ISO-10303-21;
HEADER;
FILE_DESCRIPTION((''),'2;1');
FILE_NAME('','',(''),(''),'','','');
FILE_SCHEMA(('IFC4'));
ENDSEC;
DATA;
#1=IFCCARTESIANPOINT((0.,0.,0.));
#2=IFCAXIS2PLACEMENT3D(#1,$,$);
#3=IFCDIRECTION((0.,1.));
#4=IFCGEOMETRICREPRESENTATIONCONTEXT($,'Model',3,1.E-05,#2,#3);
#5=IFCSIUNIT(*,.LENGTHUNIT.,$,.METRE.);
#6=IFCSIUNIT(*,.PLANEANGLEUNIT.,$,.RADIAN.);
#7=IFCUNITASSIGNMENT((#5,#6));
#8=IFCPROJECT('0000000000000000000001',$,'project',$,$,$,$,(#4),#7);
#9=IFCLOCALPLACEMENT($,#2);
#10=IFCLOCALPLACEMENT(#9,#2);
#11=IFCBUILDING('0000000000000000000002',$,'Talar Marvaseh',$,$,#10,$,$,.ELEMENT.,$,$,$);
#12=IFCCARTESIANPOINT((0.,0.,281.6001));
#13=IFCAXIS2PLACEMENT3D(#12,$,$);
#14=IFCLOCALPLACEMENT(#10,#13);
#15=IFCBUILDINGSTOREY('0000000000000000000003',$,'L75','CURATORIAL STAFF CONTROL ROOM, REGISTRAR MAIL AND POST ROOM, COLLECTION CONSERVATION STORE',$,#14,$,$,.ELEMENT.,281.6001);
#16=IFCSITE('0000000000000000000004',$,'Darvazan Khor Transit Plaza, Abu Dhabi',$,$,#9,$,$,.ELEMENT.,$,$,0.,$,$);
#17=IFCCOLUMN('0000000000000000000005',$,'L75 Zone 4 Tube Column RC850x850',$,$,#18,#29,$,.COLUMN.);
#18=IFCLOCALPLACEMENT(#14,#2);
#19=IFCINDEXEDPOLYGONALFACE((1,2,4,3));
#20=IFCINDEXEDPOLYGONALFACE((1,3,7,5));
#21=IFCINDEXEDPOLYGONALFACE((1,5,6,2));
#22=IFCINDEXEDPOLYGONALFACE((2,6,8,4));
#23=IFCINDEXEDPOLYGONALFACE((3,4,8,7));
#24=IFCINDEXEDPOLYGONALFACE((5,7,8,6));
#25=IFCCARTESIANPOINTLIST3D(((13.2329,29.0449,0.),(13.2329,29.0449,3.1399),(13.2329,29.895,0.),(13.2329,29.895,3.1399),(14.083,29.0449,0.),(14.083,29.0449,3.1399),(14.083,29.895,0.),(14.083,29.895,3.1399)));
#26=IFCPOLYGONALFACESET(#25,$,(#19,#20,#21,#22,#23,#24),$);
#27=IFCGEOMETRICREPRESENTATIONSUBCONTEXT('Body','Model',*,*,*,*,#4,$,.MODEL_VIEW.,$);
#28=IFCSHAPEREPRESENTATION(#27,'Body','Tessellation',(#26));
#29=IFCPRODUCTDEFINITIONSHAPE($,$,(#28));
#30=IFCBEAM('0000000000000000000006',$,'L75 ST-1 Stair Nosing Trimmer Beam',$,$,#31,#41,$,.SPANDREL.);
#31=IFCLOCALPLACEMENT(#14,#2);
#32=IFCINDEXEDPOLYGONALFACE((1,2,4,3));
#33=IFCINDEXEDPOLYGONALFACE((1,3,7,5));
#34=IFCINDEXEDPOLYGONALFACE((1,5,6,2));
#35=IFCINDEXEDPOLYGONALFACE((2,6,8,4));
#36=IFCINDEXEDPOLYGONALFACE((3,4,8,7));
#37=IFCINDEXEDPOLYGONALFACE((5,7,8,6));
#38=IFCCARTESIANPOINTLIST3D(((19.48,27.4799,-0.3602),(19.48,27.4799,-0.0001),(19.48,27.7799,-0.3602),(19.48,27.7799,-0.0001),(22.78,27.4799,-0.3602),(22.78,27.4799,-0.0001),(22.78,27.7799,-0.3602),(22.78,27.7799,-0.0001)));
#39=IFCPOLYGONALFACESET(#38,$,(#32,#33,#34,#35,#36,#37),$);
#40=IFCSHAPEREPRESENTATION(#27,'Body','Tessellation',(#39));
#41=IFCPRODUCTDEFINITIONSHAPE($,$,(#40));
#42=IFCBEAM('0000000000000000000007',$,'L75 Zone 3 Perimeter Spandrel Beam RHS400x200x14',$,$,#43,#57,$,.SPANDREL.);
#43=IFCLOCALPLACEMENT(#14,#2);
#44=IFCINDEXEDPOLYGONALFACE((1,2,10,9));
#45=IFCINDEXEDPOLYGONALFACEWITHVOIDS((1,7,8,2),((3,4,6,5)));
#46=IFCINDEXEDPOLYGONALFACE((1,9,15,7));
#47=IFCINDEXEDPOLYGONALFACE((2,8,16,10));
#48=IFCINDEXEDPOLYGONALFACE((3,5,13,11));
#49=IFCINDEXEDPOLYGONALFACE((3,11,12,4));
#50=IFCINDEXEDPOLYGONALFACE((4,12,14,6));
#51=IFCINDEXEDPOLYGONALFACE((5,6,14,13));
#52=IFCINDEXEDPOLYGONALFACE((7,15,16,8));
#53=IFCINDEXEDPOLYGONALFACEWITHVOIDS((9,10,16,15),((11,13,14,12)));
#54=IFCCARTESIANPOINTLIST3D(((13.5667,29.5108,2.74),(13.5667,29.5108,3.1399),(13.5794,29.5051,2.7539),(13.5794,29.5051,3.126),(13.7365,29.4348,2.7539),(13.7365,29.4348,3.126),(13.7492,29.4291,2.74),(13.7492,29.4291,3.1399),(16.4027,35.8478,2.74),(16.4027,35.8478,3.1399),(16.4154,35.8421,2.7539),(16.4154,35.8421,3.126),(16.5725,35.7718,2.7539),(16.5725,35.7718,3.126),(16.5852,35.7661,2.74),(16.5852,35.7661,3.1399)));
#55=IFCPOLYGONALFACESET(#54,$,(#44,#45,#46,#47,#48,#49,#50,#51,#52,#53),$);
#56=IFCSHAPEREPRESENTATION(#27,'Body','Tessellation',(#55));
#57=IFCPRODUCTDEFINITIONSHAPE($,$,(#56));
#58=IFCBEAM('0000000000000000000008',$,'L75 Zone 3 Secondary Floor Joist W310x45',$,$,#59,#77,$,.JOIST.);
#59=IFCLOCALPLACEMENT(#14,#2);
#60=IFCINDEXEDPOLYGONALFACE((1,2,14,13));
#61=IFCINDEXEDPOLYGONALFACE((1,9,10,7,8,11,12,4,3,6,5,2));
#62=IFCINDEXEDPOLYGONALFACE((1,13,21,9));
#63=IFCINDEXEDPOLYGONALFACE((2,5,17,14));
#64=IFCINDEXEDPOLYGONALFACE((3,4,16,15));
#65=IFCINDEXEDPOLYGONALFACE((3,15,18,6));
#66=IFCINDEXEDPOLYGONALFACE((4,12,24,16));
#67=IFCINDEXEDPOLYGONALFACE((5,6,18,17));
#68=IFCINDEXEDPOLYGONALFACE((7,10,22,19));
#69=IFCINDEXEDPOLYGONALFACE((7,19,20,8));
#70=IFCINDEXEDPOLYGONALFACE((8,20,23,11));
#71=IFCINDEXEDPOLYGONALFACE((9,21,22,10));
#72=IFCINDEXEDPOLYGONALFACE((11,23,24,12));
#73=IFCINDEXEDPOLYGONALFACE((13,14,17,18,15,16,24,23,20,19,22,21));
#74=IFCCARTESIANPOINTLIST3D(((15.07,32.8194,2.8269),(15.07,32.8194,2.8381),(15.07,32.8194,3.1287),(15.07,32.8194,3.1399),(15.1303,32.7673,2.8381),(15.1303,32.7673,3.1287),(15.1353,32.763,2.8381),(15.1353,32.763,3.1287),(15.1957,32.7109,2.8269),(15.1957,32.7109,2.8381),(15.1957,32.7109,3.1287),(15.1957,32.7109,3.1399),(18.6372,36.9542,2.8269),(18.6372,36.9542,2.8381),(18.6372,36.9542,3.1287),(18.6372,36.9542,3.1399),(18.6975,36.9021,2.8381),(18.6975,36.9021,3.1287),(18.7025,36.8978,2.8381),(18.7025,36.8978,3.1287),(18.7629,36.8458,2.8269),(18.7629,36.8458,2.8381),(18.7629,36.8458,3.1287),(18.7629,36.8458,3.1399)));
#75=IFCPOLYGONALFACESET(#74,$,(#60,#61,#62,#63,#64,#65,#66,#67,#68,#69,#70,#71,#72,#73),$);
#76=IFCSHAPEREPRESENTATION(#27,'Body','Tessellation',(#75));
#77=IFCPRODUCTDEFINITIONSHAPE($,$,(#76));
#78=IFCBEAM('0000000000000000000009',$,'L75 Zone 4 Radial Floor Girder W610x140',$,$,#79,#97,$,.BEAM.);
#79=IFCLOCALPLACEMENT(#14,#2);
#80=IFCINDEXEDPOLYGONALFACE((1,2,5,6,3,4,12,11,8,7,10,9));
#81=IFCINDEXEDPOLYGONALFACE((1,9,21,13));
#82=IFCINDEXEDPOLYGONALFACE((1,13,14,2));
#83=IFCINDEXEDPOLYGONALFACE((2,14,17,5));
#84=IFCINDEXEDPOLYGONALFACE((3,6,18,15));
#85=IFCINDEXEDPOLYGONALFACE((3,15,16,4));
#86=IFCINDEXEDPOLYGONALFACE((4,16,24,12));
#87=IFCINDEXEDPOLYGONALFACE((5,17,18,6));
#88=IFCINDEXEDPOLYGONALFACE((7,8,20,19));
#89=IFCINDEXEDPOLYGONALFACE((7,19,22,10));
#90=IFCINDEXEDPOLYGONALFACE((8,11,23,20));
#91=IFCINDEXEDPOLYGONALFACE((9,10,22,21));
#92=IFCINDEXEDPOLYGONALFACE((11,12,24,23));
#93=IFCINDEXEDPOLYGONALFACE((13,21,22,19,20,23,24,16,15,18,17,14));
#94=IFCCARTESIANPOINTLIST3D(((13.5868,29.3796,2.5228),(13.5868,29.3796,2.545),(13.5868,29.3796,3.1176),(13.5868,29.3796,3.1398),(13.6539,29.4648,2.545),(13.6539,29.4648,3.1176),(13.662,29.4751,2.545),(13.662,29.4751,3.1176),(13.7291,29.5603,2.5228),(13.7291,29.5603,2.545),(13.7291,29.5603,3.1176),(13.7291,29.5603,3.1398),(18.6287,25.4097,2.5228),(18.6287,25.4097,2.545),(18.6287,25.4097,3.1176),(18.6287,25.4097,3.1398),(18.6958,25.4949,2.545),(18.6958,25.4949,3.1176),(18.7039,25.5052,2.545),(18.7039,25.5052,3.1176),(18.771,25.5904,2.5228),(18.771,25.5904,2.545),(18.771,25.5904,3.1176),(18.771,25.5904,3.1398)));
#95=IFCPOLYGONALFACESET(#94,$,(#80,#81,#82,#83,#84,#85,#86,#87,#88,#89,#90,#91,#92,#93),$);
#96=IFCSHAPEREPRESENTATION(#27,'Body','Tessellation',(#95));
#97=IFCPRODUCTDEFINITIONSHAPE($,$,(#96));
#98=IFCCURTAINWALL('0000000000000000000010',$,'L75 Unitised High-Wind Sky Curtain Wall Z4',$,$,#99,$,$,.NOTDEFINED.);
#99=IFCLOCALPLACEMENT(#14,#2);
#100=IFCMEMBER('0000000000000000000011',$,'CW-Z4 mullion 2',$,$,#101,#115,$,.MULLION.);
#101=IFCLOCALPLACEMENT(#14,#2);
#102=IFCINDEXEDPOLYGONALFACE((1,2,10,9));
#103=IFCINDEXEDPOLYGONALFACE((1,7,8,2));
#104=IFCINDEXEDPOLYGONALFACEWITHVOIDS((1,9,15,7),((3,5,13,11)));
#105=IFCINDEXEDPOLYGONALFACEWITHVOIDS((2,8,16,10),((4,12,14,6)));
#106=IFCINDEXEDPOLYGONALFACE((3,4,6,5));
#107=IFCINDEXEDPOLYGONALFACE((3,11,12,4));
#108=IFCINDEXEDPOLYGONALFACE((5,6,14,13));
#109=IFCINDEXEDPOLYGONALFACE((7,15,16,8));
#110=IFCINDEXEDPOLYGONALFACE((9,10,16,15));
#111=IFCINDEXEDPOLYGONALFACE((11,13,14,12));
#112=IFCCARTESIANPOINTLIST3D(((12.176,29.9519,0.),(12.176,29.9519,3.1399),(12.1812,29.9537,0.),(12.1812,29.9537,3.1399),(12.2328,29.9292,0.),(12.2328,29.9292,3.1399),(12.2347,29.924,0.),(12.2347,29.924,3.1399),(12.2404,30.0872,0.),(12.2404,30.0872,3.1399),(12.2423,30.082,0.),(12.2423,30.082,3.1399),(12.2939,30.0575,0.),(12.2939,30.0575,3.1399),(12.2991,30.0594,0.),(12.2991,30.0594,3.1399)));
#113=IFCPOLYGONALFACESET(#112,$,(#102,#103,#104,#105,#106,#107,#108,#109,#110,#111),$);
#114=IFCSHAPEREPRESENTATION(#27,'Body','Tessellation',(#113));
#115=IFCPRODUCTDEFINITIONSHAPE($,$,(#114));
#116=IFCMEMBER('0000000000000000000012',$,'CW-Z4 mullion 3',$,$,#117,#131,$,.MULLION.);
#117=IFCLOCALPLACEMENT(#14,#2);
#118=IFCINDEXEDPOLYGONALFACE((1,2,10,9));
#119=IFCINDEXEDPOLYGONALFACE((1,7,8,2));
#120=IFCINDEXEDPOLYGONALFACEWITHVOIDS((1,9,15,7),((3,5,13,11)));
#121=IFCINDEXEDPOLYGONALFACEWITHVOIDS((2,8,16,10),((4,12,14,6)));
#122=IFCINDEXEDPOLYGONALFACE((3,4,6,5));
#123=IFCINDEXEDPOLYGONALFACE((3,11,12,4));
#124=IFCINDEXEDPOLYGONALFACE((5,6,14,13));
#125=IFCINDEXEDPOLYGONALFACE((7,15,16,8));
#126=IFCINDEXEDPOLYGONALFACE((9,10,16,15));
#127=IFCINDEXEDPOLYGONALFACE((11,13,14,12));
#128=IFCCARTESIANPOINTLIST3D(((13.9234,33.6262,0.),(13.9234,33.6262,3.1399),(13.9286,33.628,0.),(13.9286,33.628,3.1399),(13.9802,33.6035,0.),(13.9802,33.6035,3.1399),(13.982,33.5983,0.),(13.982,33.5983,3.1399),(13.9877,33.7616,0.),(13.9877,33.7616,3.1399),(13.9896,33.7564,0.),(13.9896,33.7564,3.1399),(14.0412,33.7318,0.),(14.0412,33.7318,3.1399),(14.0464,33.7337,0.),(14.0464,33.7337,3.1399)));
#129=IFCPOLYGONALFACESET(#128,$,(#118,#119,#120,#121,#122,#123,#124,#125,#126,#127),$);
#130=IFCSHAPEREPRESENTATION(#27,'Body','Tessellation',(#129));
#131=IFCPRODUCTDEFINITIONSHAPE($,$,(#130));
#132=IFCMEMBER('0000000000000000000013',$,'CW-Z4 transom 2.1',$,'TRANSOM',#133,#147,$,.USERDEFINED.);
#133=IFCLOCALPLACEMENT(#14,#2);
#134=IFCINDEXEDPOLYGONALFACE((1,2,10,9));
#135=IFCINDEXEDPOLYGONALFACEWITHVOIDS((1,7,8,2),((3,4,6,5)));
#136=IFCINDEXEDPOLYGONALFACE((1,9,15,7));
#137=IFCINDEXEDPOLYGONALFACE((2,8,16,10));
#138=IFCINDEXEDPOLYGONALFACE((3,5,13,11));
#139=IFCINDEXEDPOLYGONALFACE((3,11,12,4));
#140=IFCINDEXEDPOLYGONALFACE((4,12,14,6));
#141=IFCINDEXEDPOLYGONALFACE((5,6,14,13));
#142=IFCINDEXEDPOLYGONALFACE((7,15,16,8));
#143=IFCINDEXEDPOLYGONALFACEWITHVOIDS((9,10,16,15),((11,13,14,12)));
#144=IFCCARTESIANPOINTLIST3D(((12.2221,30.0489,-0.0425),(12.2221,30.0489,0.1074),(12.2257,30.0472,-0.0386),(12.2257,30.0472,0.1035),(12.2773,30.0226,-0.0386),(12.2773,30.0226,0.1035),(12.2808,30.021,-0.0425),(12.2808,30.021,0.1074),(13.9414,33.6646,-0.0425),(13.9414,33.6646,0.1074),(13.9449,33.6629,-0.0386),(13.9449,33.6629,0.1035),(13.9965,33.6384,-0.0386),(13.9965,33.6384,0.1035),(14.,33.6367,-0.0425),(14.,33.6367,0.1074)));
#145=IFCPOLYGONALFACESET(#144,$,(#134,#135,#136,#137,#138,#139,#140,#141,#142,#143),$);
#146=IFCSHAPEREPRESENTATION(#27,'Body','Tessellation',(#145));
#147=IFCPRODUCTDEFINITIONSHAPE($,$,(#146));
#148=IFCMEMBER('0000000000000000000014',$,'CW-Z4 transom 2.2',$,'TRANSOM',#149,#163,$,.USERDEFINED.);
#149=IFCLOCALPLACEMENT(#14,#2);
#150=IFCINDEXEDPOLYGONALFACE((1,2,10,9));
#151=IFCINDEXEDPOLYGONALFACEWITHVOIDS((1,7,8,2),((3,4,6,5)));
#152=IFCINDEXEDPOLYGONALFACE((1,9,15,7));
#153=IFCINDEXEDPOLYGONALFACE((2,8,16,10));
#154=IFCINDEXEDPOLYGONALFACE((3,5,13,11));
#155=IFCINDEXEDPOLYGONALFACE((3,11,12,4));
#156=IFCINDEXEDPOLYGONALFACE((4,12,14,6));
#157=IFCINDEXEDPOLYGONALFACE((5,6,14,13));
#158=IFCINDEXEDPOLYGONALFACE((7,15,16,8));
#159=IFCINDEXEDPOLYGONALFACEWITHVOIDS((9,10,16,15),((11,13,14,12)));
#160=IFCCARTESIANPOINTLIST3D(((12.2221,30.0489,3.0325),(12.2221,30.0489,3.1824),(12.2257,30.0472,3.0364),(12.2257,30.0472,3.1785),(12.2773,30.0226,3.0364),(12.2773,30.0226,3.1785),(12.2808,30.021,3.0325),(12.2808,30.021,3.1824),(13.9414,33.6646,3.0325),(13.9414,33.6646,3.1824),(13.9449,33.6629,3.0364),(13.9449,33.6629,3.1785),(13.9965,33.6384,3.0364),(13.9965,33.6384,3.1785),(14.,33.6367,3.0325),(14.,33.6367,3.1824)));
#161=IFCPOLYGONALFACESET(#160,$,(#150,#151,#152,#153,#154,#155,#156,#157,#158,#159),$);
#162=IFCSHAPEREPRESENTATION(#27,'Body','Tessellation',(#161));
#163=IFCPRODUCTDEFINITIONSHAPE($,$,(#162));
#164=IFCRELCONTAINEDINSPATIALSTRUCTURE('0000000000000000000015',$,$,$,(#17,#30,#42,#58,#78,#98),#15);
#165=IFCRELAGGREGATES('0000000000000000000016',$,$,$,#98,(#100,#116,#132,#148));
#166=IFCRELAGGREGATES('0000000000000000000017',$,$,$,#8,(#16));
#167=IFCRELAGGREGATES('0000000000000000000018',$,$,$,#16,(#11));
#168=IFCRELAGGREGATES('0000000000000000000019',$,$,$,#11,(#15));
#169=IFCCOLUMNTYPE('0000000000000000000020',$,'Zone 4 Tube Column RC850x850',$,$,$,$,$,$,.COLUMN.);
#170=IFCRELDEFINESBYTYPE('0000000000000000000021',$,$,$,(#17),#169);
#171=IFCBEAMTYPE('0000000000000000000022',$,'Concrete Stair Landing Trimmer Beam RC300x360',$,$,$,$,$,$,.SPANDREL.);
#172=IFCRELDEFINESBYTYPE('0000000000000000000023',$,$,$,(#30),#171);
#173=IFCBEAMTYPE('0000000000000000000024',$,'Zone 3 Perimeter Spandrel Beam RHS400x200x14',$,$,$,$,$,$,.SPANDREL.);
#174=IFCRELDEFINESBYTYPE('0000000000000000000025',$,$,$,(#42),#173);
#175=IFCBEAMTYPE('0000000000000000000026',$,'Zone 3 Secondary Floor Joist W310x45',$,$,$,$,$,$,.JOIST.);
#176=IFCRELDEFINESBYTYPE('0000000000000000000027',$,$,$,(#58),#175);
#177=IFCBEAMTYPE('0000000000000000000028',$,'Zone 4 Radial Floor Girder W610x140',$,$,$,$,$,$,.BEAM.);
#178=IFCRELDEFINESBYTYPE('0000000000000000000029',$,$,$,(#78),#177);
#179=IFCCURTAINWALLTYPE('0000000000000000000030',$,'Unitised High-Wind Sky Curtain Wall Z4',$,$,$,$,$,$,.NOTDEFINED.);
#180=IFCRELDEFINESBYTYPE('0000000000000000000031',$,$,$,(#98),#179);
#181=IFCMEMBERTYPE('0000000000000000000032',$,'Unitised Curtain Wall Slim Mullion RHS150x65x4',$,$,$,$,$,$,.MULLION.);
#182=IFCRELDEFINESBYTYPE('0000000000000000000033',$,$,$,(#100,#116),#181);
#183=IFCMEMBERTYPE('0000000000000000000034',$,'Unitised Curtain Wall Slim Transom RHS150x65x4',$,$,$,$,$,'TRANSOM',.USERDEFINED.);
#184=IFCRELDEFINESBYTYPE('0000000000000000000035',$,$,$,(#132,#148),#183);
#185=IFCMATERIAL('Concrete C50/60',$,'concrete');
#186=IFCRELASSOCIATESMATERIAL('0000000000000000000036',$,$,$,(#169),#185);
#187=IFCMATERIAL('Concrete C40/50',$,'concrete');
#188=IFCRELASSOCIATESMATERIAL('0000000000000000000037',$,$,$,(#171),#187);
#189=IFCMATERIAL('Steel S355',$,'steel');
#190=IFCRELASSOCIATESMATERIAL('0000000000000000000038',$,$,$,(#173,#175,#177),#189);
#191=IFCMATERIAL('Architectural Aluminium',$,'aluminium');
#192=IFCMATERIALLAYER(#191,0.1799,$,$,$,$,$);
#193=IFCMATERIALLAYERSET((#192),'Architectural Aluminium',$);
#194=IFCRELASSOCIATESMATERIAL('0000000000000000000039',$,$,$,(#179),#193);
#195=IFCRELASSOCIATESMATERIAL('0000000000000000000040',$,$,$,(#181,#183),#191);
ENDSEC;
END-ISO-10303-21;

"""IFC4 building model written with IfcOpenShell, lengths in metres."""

from ifc_helpers import new_model, si_unit, direction, frame, origin, origin_2d, place, context, subcontext, project, spatial, rectangle, hollow_rectangle, i_section, extrude, source, transform, mapped, material, layer, layer_set, material_profile, profile_set, type_object, type_shapes, element, aggregate, save


model = new_model("IFC4")

# Units and contexts
model_context = context("Model", 3, precision=1e-05, world=origin(), true_north=direction((0.0, 1.0)))
body_context = subcontext(model_context, "Body", "Model", "MODEL_VIEW")
ifc_project = project(units=[si_unit("LENGTHUNIT", "METRE"), si_unit("PLANEANGLEUNIT", "RADIAN")], contexts=[model_context])

# Site, building, storey
site_placement = place(None, origin())
site = spatial("IfcSite", under=ifc_project, at=site_placement, Name="Darvazan Khor Transit Plaza, Abu Dhabi", CompositionType="ELEMENT", RefElevation=0.0)
building_placement = place(site_placement, origin())
building = spatial("IfcBuilding", under=site, at=building_placement, Name="Talar Marvaseh", CompositionType="ELEMENT")
storey_placement = place(building_placement, frame((0.0, 0.0, 281.6001)))
storey = spatial("IfcBuildingStorey", under=building, at=storey_placement, Name="L75", Description="CURATORIAL STAFF CONTROL ROOM, REGISTRAR MAIL AND POST ROOM, COLLECTION CONSERVATION STORE", CompositionType="ELEMENT", Elevation=281.6001)

# Column
ifc_material_1 = material(Name="Concrete C50/60", Category="concrete")
ifc_material_profile_1 = material_profile(ifc_material_1, rectangle(XDim=0.8501, YDim=0.8501, at=origin_2d()), Name="RC850x850")
ifc_profile_set_1 = profile_set([ifc_material_profile_1], Name="Concrete C50/60")
column_type = type_object("IfcColumnType", Name="Zone 4 Tube Column RC850x850", PredefinedType="COLUMN", material=ifc_profile_set_1)
column_placement = place(storey_placement, frame((13.658, 29.47, 0.0), z_axis=(0.0, 0.0, 1.0), x_axis=(1.0, 0.0, 0.0)))
element("IfcColumn", 1, at=column_placement, inside=storey, type_object=column_type, Name="L75 Zone 4 Tube Column RC850x850", PredefinedType="COLUMN", context=body_context, shape_type="SweptSolid", body=[
    extrude(rectangle(XDim=0.8501, YDim=0.8501, at=origin_2d()), origin(), (0.0, 0.0, 1.0), 3.1399),
])

# Beams
ifc_material_2 = material(Name="Concrete C40/50", Category="concrete")
ifc_material_profile_2 = material_profile(ifc_material_2, rectangle(XDim=0.3, YDim=0.3601, at=origin_2d()), Name="RC300x360")
ifc_profile_set_2 = profile_set([ifc_material_profile_2], Name="Concrete C40/50")
beam_type_1 = type_object("IfcBeamType", Name="Concrete Stair Landing Trimmer Beam RC300x360", PredefinedType="SPANDREL", material=ifc_profile_set_2)
beam_1_placement = place(storey_placement, frame((22.78, 27.6299, -0.1802), z_axis=(-1.0, 0.0, 0.0), x_axis=(0.0, -1.0, 0.0)))
element("IfcBeam", 2, at=beam_1_placement, inside=storey, type_object=beam_type_1, Name="L75 ST-1 Stair Nosing Trimmer Beam", PredefinedType="SPANDREL", context=body_context, shape_type="SweptSolid", body=[
    extrude(rectangle(XDim=0.3, YDim=0.3601, at=origin_2d()), origin(), (0.0, 0.0, 1.0), 3.3),
])
ifc_material_3 = material(Name="Steel S355", Category="steel")
ifc_material_profile_3 = material_profile(ifc_material_3, hollow_rectangle(XDim=0.2, YDim=0.3999, WallThickness=0.0139, at=origin_2d()), Name="RHS400x200x14")
ifc_profile_set_3 = profile_set([ifc_material_profile_3], Name="Steel S355")
beam_type_2 = type_object("IfcBeamType", Name="Zone 3 Perimeter Spandrel Beam RHS400x200x14", PredefinedType="SPANDREL", material=ifc_profile_set_3)
beam_2_placement = place(storey_placement, frame((13.658, 29.47, 2.9399), z_axis=(0.408486, 0.912764, 0.0), x_axis=(-0.912764, 0.408486, 0.0)))
element("IfcBeam", 3, at=beam_2_placement, inside=storey, type_object=beam_type_2, Name="L75 Zone 3 Perimeter Spandrel Beam RHS400x200x14", PredefinedType="SPANDREL", context=body_context, shape_type="SweptSolid", body=[
    extrude(hollow_rectangle(XDim=0.2, YDim=0.3999, WallThickness=0.0139, at=origin_2d()), origin(), (0.0, 0.0, 1.0), 6.9426),
])
ifc_material_profile_4 = material_profile(ifc_material_3, i_section(OverallWidth=0.166, OverallDepth=0.313, WebThickness=0.0066, FlangeThickness=0.0112, at=origin_2d()), Name="W310x45")
ifc_profile_set_4 = profile_set([ifc_material_profile_4], Name="Steel S355")
beam_type_3 = type_object("IfcBeamType", Name="Zone 3 Secondary Floor Joist W310x45", PredefinedType="JOIST", material=ifc_profile_set_4)
beam_3_placement = place(storey_placement, frame((15.1328, 32.7651, 2.9834), z_axis=(0.653222, 0.757167, 0.0), x_axis=(-0.757167, 0.653222, 0.0)))
element("IfcBeam", 4, at=beam_3_placement, inside=storey, type_object=beam_type_3, Name="L75 Zone 3 Secondary Floor Joist W310x45", PredefinedType="JOIST", context=body_context, shape_type="SweptSolid", body=[
    extrude(i_section(OverallWidth=0.166, OverallDepth=0.313, WebThickness=0.0066, FlangeThickness=0.0112, at=origin_2d()), origin(), (0.0, 0.0, 1.0), 5.4609),
])
ifc_material_profile_5 = material_profile(ifc_material_3, i_section(OverallWidth=0.23, OverallDepth=0.6169, WebThickness=0.0132, FlangeThickness=0.0222, at=origin_2d()), Name="W610x140")
ifc_profile_set_5 = profile_set([ifc_material_profile_5], Name="Steel S355")
beam_type_4 = type_object("IfcBeamType", Name="Zone 4 Radial Floor Girder W610x140", PredefinedType="BEAM", material=ifc_profile_set_5)
beam_4_placement = place(storey_placement, frame((13.658, 29.47, 2.8313), z_axis=(0.785682, -0.618631, 0.0), x_axis=(0.618631, 0.785682, 0.0)))
element("IfcBeam", 5, at=beam_4_placement, inside=storey, type_object=beam_type_4, Name="L75 Zone 4 Radial Floor Girder W610x140", PredefinedType="BEAM", context=body_context, shape_type="SweptSolid", body=[
    extrude(i_section(OverallWidth=0.23, OverallDepth=0.6169, WebThickness=0.0132, FlangeThickness=0.0222, at=origin_2d()), origin(), (0.0, 0.0, 1.0), 6.4172),
])

# Curtain wall, members
ifc_material_4 = material(Name="Architectural Aluminium", Category="aluminium")
ifc_layer_1 = layer(ifc_material_4, 0.1799)
ifc_layer_set_1 = layer_set([ifc_layer_1], Name="Architectural Aluminium")
curtain_wall_type = type_object("IfcCurtainWallType", Name="Unitised High-Wind Sky Curtain Wall Z4", PredefinedType="NOTDEFINED", material=ifc_layer_set_1)
curtain_wall_placement = place(storey_placement, origin())
curtain_wall = element("IfcCurtainWall", 6, at=curtain_wall_placement, inside=storey, type_object=curtain_wall_type, Name="L75 Unitised High-Wind Sky Curtain Wall Z4", PredefinedType="NOTDEFINED")
ifc_material_profile_6 = material_profile(ifc_material_4, hollow_rectangle(XDim=0.0649, YDim=0.1499, WallThickness=0.0039, at=origin_2d()), Name="RHS150x65x4")
ifc_profile_set_6 = profile_set([ifc_material_profile_6], Name="Architectural Aluminium")
member_type_1 = type_object("IfcMemberType", Name="Unitised Curtain Wall Slim Mullion RHS150x65x4", PredefinedType="MULLION", material=ifc_profile_set_6)
shared_shape_1 = source(origin(), body_context, "Body", "SweptSolid", [
    extrude(hollow_rectangle(XDim=0.0649, YDim=0.1499, WallThickness=0.0039, at=origin_2d()), origin(), (0.0, 0.0, 1.0), 3.1399),
])
type_shapes(member_type_1, [shared_shape_1])
member_1_placement = place(storey_placement, frame((12.2375, 30.0056, 0.0), z_axis=(0.0, 0.0, 1.0), x_axis=(-0.903096, 0.42944, 0.0)))
member_1 = element("IfcMember", 7, at=member_1_placement, type_object=member_type_1, Name="CW-Z4 mullion 2", PredefinedType="MULLION", context=body_context, shape_type="MappedRepresentation", body=[
    mapped(shared_shape_1, transform((0.0, 0.0, 0.0), x_axis=(1.0, 0.0, 0.0), y_axis=(0.0, 1.0, 0.0), z_axis=(0.0, 0.0, 1.0), scale=1.0)),
])
member_2_placement = place(storey_placement, frame((13.9849, 33.6799, 0.0), z_axis=(0.0, 0.0, 1.0), x_axis=(-0.903096, 0.42944, 0.0)))
member_2 = element("IfcMember", 8, at=member_2_placement, type_object=member_type_1, Name="CW-Z4 mullion 3", PredefinedType="MULLION", context=body_context, shape_type="MappedRepresentation", body=[
    mapped(shared_shape_1, transform((0.0, 0.0, 0.0), x_axis=(1.0, 0.0, 0.0), y_axis=(0.0, 1.0, 0.0), z_axis=(0.0, 0.0, 1.0), scale=1.0)),
])
ifc_material_profile_7 = material_profile(ifc_material_4, hollow_rectangle(XDim=0.0649, YDim=0.1499, WallThickness=0.0039, at=origin_2d()), Name="RHS150x65x4")
ifc_profile_set_7 = profile_set([ifc_material_profile_7], Name="Architectural Aluminium")
member_type_2 = type_object("IfcMemberType", Name="Unitised Curtain Wall Slim Transom RHS150x65x4", ElementType="TRANSOM", PredefinedType="USERDEFINED", material=ifc_profile_set_7)
shared_shape_2 = source(origin(), body_context, "Body", "SweptSolid", [
    extrude(hollow_rectangle(XDim=0.0649, YDim=0.1499, WallThickness=0.0039, at=origin_2d()), origin(), (0.0, 0.0, 1.0), 4.0037),
])
member_3_placement = place(storey_placement, frame((12.2515, 30.0349, 0.0325), z_axis=(0.429417, 0.903106, 0.0), x_axis=(-0.903106, 0.429417, 0.0)))
member_3 = element("IfcMember", 9, at=member_3_placement, type_object=member_type_2, Name="CW-Z4 transom 2.1", ObjectType="TRANSOM", PredefinedType="USERDEFINED", context=body_context, shape_type="MappedRepresentation", body=[
    mapped(shared_shape_2, transform((0.0, 0.0, 0.0), x_axis=(1.0, 0.0, 0.0), y_axis=(0.0, 1.0, 0.0), z_axis=(0.0, 0.0, 1.0), scale=1.0)),
])
member_4_placement = place(storey_placement, frame((12.2515, 30.0349, 3.1074), z_axis=(0.429417, 0.903106, 0.0), x_axis=(-0.903106, 0.429417, 0.0)))
member_4 = element("IfcMember", 10, at=member_4_placement, type_object=member_type_2, Name="CW-Z4 transom 2.2", ObjectType="TRANSOM", PredefinedType="USERDEFINED", context=body_context, shape_type="MappedRepresentation", body=[
    mapped(shared_shape_2, transform((0.0, 0.0, 0.0), x_axis=(1.0, 0.0, 0.0), y_axis=(0.0, 1.0, 0.0), z_axis=(0.0, 0.0, 1.0), scale=1.0)),
])
aggregate(curtain_wall, [member_1, member_2, member_3, member_4])

save(model, "model.ifc")
